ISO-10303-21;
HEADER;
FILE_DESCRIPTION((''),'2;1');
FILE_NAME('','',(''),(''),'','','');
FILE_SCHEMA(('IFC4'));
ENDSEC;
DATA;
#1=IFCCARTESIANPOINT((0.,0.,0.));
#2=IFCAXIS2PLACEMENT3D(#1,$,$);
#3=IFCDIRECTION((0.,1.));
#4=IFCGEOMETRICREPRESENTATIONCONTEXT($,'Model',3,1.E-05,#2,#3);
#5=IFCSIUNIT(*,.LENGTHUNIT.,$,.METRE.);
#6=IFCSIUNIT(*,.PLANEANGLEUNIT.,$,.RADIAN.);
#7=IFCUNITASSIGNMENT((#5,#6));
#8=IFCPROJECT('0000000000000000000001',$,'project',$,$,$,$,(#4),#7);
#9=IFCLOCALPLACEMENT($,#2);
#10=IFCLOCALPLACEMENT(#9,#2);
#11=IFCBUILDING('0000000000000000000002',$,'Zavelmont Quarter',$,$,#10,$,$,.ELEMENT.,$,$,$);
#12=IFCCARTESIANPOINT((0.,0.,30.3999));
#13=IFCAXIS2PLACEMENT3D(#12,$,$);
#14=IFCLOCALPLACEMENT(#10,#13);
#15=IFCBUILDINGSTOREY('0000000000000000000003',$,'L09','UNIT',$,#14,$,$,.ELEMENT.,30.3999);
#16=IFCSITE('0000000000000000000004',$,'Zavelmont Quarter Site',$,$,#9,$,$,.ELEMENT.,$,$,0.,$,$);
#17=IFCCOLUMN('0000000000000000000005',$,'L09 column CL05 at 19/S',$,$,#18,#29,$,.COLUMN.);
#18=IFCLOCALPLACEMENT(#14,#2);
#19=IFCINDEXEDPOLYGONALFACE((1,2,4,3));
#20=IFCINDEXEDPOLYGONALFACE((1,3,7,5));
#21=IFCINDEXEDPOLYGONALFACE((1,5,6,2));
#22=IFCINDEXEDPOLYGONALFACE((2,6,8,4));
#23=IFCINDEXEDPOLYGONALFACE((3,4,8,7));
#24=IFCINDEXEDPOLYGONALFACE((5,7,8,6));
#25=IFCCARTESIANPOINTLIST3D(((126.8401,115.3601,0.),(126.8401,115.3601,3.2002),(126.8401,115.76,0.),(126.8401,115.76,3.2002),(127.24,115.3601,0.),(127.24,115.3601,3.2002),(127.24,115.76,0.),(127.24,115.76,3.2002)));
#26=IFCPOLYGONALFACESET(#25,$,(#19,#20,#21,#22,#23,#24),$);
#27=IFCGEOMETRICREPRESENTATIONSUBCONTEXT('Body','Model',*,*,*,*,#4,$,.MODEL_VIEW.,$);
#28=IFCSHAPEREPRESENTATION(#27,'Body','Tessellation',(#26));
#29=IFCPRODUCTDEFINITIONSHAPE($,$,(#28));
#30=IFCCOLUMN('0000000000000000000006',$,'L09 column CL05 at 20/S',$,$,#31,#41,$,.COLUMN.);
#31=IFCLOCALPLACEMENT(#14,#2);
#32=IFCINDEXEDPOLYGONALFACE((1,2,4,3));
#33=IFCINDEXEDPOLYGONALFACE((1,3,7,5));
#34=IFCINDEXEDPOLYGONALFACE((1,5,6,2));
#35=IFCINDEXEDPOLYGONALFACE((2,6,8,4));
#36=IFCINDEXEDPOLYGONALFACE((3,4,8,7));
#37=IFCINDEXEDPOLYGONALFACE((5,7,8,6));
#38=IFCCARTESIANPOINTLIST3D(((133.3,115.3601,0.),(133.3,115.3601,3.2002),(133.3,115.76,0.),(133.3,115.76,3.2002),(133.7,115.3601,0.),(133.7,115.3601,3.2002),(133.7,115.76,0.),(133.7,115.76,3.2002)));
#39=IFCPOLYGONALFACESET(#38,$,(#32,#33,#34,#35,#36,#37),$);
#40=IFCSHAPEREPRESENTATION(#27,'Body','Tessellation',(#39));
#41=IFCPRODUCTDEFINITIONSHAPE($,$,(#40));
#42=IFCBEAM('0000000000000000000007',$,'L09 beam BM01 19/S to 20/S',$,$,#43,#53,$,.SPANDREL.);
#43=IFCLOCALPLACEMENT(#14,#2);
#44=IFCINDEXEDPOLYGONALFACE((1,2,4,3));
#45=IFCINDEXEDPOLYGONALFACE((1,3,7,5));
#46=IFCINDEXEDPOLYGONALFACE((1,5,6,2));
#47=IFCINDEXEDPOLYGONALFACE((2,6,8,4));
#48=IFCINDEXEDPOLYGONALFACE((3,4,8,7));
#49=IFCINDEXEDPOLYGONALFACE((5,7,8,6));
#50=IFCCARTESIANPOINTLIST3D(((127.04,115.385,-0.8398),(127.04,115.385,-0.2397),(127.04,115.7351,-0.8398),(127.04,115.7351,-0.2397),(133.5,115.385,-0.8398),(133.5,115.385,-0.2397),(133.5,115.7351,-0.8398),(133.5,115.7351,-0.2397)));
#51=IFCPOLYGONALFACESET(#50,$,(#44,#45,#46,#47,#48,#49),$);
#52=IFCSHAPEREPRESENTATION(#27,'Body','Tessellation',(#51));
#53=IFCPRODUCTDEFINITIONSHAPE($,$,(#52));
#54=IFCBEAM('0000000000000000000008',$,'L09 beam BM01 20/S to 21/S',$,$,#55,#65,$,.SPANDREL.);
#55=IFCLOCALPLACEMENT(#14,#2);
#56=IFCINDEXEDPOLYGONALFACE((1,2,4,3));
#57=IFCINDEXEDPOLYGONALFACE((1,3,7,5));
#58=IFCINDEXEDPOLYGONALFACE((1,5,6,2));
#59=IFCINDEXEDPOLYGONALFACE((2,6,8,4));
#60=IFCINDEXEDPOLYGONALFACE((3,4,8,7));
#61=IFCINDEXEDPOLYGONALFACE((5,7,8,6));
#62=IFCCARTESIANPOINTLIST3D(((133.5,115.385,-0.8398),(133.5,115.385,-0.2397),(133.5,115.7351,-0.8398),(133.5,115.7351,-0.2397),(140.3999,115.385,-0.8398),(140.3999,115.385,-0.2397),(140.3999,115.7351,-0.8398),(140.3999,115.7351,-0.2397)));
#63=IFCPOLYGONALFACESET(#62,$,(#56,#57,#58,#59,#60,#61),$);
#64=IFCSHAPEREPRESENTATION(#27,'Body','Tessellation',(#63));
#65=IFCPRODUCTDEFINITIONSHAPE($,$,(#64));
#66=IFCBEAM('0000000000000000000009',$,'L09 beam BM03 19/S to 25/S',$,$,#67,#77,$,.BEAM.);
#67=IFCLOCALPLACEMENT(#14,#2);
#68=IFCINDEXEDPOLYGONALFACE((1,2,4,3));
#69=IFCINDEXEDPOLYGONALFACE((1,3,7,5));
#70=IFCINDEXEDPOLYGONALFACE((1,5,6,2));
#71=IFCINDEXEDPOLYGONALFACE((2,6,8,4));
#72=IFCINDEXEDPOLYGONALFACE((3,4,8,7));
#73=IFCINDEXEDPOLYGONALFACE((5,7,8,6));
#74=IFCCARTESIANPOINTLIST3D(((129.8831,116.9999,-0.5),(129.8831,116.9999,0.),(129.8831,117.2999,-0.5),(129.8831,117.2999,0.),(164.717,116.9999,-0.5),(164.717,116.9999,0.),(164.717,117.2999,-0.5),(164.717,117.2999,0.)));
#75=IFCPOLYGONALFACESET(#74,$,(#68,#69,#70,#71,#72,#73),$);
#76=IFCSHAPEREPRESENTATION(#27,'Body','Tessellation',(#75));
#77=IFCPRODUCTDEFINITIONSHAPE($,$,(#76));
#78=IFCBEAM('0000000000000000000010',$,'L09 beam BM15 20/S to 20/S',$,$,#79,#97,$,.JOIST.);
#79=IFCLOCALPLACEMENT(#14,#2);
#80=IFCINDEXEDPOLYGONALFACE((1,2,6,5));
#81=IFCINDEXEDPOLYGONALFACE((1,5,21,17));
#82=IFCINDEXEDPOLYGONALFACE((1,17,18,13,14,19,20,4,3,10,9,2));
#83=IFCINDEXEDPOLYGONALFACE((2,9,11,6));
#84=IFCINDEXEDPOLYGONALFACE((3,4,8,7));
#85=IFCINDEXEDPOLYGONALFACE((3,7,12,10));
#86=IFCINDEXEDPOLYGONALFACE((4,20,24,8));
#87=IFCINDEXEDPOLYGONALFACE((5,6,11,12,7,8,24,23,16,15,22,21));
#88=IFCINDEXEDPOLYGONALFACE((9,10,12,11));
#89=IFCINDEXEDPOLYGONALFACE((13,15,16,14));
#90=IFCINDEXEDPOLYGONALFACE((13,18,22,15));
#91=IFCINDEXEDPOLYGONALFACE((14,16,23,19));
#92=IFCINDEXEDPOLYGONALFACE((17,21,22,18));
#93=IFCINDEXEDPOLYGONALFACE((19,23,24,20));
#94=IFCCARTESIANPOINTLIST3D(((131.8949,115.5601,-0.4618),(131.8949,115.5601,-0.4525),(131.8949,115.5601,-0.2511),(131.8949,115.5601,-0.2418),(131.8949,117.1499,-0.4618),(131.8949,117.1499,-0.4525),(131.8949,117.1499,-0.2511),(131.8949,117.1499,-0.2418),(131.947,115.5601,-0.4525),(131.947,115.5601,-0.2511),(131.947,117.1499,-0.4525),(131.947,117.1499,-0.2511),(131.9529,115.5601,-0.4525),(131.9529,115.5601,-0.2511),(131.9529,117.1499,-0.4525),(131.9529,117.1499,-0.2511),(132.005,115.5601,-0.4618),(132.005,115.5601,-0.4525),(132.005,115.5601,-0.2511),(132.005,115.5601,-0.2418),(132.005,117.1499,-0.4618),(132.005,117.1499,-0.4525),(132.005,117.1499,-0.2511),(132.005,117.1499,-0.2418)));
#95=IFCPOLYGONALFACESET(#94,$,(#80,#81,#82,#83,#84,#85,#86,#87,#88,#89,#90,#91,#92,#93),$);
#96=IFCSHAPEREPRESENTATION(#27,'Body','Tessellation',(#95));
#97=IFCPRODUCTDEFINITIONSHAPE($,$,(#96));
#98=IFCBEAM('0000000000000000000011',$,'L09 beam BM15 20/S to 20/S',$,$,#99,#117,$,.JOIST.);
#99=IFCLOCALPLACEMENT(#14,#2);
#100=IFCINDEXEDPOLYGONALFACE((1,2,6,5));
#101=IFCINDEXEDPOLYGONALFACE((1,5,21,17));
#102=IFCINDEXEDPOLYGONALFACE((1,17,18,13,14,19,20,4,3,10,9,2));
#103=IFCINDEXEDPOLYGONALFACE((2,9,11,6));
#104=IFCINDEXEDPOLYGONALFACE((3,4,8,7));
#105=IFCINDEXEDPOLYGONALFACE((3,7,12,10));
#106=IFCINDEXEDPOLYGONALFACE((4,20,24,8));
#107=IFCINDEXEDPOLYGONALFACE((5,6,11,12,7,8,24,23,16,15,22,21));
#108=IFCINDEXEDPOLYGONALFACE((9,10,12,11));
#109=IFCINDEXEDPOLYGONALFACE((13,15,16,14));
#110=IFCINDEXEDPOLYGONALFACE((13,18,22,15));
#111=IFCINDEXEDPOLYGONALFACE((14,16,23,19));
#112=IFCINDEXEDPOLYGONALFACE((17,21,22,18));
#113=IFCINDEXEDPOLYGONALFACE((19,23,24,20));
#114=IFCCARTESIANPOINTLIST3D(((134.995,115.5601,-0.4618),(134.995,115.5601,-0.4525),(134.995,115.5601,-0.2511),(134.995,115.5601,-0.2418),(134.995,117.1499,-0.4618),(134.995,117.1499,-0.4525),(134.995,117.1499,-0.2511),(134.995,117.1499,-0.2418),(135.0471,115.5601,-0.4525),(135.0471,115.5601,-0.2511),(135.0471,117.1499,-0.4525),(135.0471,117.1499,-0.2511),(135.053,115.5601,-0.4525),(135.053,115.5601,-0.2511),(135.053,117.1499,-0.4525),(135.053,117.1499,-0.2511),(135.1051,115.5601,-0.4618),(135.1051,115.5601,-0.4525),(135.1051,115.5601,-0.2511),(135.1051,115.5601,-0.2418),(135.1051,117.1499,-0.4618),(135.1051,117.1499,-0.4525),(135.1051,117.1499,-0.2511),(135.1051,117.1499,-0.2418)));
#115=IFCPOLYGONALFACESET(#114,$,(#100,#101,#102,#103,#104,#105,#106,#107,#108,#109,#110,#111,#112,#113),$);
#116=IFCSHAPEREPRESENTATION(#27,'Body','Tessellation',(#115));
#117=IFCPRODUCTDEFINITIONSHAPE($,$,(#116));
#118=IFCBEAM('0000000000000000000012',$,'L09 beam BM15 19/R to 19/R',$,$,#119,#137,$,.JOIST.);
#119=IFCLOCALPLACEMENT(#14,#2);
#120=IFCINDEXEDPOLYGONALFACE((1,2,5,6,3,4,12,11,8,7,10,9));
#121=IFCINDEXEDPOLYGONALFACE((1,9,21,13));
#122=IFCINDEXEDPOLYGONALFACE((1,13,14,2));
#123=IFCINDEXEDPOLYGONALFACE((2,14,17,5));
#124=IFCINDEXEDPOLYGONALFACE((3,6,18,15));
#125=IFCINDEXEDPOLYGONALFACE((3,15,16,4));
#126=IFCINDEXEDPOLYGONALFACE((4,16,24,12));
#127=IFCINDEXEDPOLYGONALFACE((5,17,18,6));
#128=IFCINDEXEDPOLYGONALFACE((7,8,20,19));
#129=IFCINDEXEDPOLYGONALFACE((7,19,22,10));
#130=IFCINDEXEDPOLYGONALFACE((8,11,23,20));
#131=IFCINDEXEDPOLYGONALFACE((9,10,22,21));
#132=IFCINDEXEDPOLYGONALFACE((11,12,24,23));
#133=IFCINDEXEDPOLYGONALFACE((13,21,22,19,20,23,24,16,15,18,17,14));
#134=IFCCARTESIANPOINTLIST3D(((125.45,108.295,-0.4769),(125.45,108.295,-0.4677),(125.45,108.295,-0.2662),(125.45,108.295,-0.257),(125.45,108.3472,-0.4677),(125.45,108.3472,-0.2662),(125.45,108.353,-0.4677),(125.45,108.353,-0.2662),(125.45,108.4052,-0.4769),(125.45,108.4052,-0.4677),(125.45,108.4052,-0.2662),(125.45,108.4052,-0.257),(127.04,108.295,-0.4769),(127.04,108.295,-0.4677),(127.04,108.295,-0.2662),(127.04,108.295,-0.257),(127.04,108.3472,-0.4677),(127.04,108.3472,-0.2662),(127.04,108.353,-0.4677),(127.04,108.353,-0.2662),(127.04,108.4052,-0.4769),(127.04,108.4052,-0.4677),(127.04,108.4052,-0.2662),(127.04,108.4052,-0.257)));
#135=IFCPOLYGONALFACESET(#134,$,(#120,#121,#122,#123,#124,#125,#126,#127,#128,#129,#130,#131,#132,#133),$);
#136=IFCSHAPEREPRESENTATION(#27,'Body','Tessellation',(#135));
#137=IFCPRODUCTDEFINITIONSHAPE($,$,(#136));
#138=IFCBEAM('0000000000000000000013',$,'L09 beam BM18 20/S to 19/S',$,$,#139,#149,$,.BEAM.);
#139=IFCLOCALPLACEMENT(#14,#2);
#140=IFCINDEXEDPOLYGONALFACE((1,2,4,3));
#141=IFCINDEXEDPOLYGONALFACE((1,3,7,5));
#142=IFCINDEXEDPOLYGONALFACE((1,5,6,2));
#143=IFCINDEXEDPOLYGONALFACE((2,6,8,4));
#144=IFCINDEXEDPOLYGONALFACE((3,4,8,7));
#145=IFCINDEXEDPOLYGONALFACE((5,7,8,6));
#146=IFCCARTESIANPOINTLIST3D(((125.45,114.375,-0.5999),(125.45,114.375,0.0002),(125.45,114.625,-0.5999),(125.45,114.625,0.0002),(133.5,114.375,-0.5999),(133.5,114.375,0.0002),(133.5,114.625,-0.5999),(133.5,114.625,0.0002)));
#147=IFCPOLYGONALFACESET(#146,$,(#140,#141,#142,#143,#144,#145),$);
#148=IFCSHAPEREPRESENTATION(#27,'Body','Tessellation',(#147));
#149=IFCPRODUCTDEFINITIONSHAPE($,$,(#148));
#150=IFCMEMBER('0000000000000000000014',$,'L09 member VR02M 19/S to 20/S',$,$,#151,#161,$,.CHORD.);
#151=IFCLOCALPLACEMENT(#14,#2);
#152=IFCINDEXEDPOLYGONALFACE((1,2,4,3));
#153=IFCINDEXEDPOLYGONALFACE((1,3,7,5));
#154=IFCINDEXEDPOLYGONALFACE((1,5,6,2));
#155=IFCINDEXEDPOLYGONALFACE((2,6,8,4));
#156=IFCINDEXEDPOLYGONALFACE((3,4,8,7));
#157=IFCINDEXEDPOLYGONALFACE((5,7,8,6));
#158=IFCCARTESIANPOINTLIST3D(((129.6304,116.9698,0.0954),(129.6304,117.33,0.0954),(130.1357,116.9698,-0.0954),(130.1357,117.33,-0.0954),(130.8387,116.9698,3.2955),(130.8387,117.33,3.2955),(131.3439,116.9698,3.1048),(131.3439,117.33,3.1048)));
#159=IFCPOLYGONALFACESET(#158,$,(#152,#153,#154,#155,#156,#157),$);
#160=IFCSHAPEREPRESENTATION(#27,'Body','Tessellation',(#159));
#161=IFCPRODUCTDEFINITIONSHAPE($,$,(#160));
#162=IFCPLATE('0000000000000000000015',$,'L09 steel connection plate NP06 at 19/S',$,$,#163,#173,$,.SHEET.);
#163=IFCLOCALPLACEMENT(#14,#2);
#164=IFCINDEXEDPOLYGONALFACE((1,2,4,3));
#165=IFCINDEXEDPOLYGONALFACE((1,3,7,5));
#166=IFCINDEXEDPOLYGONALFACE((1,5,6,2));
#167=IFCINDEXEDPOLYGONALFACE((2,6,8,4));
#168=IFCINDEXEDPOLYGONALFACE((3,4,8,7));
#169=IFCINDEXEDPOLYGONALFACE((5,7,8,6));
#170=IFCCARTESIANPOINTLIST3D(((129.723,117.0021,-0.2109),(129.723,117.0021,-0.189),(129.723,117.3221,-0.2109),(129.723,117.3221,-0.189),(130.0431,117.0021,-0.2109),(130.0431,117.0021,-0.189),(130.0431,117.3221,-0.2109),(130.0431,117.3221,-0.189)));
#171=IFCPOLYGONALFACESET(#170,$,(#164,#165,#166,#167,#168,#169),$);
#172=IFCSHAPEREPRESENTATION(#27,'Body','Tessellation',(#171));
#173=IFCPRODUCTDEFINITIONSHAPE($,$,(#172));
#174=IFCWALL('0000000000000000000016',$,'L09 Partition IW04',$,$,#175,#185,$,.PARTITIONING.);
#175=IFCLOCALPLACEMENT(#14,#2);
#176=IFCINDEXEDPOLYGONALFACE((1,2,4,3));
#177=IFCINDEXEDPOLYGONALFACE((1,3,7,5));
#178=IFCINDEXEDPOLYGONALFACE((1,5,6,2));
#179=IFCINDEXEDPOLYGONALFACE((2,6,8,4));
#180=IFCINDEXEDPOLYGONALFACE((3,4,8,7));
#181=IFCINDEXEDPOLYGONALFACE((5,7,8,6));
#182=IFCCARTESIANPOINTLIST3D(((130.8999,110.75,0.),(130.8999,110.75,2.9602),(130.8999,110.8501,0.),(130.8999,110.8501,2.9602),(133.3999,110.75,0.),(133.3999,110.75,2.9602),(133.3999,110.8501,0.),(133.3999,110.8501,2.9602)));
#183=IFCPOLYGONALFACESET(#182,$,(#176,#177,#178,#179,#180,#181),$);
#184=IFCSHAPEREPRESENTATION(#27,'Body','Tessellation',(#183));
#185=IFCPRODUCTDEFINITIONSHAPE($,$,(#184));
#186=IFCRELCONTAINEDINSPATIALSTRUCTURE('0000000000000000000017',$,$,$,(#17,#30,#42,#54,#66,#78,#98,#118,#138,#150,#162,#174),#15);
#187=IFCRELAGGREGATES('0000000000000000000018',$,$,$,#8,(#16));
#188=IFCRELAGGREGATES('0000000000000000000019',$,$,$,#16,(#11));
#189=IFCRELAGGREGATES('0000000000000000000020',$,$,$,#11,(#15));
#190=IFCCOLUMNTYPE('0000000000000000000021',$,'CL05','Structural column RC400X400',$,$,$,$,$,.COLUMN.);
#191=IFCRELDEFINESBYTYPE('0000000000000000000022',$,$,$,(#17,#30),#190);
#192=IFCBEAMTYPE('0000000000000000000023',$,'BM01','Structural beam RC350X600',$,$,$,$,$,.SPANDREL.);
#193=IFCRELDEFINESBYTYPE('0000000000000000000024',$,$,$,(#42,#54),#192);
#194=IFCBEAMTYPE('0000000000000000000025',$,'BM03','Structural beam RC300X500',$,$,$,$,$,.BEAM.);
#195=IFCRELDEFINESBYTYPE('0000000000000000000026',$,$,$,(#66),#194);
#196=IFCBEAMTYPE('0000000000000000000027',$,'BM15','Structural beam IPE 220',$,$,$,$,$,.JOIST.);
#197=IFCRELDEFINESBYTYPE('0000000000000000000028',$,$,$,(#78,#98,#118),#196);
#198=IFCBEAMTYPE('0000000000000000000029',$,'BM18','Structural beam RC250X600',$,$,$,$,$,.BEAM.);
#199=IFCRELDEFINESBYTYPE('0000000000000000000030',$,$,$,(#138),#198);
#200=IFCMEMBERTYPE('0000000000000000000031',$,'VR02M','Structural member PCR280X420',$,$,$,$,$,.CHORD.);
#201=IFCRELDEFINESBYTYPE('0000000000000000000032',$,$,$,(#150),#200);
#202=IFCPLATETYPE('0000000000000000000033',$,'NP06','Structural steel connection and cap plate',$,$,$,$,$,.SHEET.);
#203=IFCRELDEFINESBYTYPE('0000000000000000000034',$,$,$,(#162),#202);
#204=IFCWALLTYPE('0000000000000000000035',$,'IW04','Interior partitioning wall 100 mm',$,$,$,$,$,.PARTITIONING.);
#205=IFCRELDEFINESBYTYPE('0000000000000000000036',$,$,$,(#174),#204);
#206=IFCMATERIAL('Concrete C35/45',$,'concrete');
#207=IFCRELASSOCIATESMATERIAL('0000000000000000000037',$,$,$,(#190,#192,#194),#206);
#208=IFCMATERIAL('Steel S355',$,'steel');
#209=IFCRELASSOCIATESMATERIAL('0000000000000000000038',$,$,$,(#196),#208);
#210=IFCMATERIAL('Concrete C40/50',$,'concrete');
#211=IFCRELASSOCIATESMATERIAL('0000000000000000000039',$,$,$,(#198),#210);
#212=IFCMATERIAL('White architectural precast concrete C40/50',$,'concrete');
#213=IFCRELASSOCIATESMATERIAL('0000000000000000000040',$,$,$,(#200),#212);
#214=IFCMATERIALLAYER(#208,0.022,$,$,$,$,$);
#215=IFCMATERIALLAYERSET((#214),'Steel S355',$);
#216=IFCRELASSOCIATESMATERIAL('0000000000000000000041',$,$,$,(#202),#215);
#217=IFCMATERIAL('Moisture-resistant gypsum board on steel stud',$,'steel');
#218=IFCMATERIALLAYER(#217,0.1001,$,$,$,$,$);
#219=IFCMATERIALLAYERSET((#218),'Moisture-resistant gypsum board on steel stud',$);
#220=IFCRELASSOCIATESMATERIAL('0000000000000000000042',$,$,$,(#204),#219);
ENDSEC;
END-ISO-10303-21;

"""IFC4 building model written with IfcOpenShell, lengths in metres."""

from ifc_helpers import new_model, si_unit, direction, frame, frame_2d, origin, origin_2d, place, context, subcontext, project, spatial, rectangle, i_section, extrude, material, layer, layer_set, material_profile, profile_set, type_object, element, save


model = new_model("IFC4")

# Units and contexts
model_context = context("Model", 3, precision=1e-05, world=origin(), true_north=direction((0.0, 1.0)))
body_context = subcontext(model_context, "Body", "Model", "MODEL_VIEW")
ifc_project = project(units=[si_unit("LENGTHUNIT", "METRE"), si_unit("PLANEANGLEUNIT", "RADIAN")], contexts=[model_context])

# Site, building, storey
site_placement = place(None, origin())
site = spatial("IfcSite", under=ifc_project, at=site_placement, Name="Zavelmont Quarter Site", CompositionType="ELEMENT", RefElevation=0.0)
building_placement = place(site_placement, origin())
building = spatial("IfcBuilding", under=site, at=building_placement, Name="Zavelmont Quarter", CompositionType="ELEMENT")
storey_placement = place(building_placement, frame((0.0, 0.0, 30.3999)))
storey = spatial("IfcBuildingStorey", under=building, at=storey_placement, Name="L09", Description="UNIT", CompositionType="ELEMENT", Elevation=30.3999)

# Columns
ifc_material_1 = material(Name="Concrete C35/45", Category="concrete")
ifc_material_profile_1 = material_profile(ifc_material_1, rectangle(XDim=0.3999, YDim=0.3999, at=origin_2d()), Name="RC400X400")
ifc_profile_set_1 = profile_set([ifc_material_profile_1], Name="Concrete C35/45")
column_type = type_object("IfcColumnType", Name="CL05", Description="Structural column RC400X400", PredefinedType="COLUMN", material=ifc_profile_set_1)
for number, where, z_axis, x_axis, name in (
    (1, (127.04, 115.5601, 0.0), (0.0, 0.0, 1.0), (1.0, 0.0, 0.0), "L09 column CL05 at 19/S"),
    (2, (133.5, 115.5601, 0.0), (0.0, 0.0, 1.0), (1.0, 0.0, 0.0), "L09 column CL05 at 20/S"),
):
    element("IfcColumn", number, at=place(storey_placement, frame(where, z_axis=z_axis, x_axis=x_axis)), inside=storey, type_object=column_type, Name=name, PredefinedType="COLUMN", context=body_context, shape_type="SweptSolid", body=[
        extrude(rectangle(XDim=0.3999, YDim=0.3999, at=origin_2d()), origin(), (0.0, 0.0, 1.0), 3.2002),
    ])

# Beams
ifc_material_profile_2 = material_profile(ifc_material_1, rectangle(XDim=0.3501, YDim=0.6001, at=origin_2d()), Name="RC350X600")
ifc_profile_set_2 = profile_set([ifc_material_profile_2], Name="Concrete C35/45")
beam_type_1 = type_object("IfcBeamType", Name="BM01", Description="Structural beam RC350X600", PredefinedType="SPANDREL", material=ifc_profile_set_2)
beam_1_placement = place(storey_placement, frame((127.04, 115.5601, -0.5398), z_axis=(1.0, 0.0, 0.0), x_axis=(0.0, 1.0, 0.0)))
element("IfcBeam", 3, at=beam_1_placement, inside=storey, type_object=beam_type_1, Name="L09 beam BM01 19/S to 20/S", PredefinedType="SPANDREL", context=body_context, shape_type="SweptSolid", body=[
    extrude(rectangle(XDim=0.3501, YDim=0.6001, at=origin_2d()), origin(), (0.0, 0.0, 1.0), 6.46),
])
beam_2_placement = place(storey_placement, frame((133.5, 115.5601, -0.5398), z_axis=(1.0, 0.0, 0.0), x_axis=(0.0, 1.0, 0.0)))
element("IfcBeam", 4, at=beam_2_placement, inside=storey, type_object=beam_type_1, Name="L09 beam BM01 20/S to 21/S", PredefinedType="SPANDREL", context=body_context, shape_type="SweptSolid", body=[
    extrude(rectangle(XDim=0.3501, YDim=0.6001, at=origin_2d()), origin(), (0.0, 0.0, 1.0), 6.8999),
])
ifc_material_profile_3 = material_profile(ifc_material_1, rectangle(XDim=0.3, YDim=0.5, at=origin_2d()), Name="RC300X500")
ifc_profile_set_3 = profile_set([ifc_material_profile_3], Name="Concrete C35/45")
beam_type_2 = type_object("IfcBeamType", Name="BM03", Description="Structural beam RC300X500", PredefinedType="BEAM", material=ifc_profile_set_3)
beam_3_placement = place(storey_placement, frame((129.8831, 117.1499, -0.25), z_axis=(1.0, 0.0, 0.0), x_axis=(0.0, 1.0, 0.0)))
element("IfcBeam", 5, at=beam_3_placement, inside=storey, type_object=beam_type_2, Name="L09 beam BM03 19/S to 25/S", PredefinedType="BEAM", context=body_context, shape_type="SweptSolid", body=[
    extrude(rectangle(XDim=0.3, YDim=0.5, at=origin_2d()), origin(), (0.0, 0.0, 1.0), 34.834),
])
ifc_material_2 = material(Name="Steel S355", Category="steel")
ifc_material_profile_4 = material_profile(ifc_material_2, i_section(OverallWidth=0.1101, OverallDepth=0.22, WebThickness=0.0059, FlangeThickness=0.0093, at=origin_2d()), Name="IPE 220")
ifc_profile_set_4 = profile_set([ifc_material_profile_4], Name="Steel S355")
beam_type_3 = type_object("IfcBeamType", Name="BM15", Description="Structural beam IPE 220", PredefinedType="JOIST", material=ifc_profile_set_4)
for number, where, z_axis, x_axis, name in (
    (6, (131.95, 115.5601, -0.3518), (0.0, 1.0, 0.0), (-1.0, 0.0, 0.0), "L09 beam BM15 20/S to 20/S"),
    (7, (135.05, 115.5601, -0.3518), (0.0, 1.0, 0.0), (-1.0, 0.0, 0.0), "L09 beam BM15 20/S to 20/S"),
):
    element("IfcBeam", number, at=place(storey_placement, frame(where, z_axis=z_axis, x_axis=x_axis)), inside=storey, type_object=beam_type_3, Name=name, PredefinedType="JOIST", context=body_context, shape_type="SweptSolid", body=[
        extrude(i_section(OverallWidth=0.1101, OverallDepth=0.22, WebThickness=0.0059, FlangeThickness=0.0093, at=origin_2d()), origin(), (0.0, 0.0, 1.0), 1.5898),
    ])
beam_4_placement = place(storey_placement, frame((127.04, 108.3501, -0.3669), z_axis=(-1.0, 0.0, 0.0), x_axis=(0.0, -1.0, 0.0)))
element("IfcBeam", 8, at=beam_4_placement, inside=storey, type_object=beam_type_3, Name="L09 beam BM15 19/R to 19/R", PredefinedType="JOIST", context=body_context, shape_type="SweptSolid", body=[
    extrude(i_section(OverallWidth=0.1101, OverallDepth=0.22, WebThickness=0.0059, FlangeThickness=0.0093, at=origin_2d()), origin(), (0.0, 0.0, 1.0), 1.5901),
])
ifc_material_3 = material(Name="Concrete C40/50", Category="concrete")
ifc_material_profile_5 = material_profile(ifc_material_3, rectangle(XDim=0.25, YDim=0.6001, at=origin_2d()), Name="RC250X600")
ifc_profile_set_5 = profile_set([ifc_material_profile_5], Name="Concrete C40/50")
beam_type_4 = type_object("IfcBeamType", Name="BM18", Description="Structural beam RC250X600", PredefinedType="BEAM", material=ifc_profile_set_5)
beam_5_placement = place(storey_placement, frame((133.5, 114.5, -0.2998), z_axis=(-1.0, 0.0, 0.0), x_axis=(0.0, -1.0, 0.0)))
element("IfcBeam", 9, at=beam_5_placement, inside=storey, type_object=beam_type_4, Name="L09 beam BM18 20/S to 19/S", PredefinedType="BEAM", context=body_context, shape_type="SweptSolid", body=[
    extrude(rectangle(XDim=0.25, YDim=0.6001, at=origin_2d()), origin(), (0.0, 0.0, 1.0), 8.05),
])

# Member
ifc_material_4 = material(Name="White architectural precast concrete C40/50", Category="concrete")
ifc_material_profile_6 = material_profile(ifc_material_4, rectangle(XDim=0.3601, YDim=0.54, at=origin_2d()), Name="PCR280X420")
ifc_profile_set_6 = profile_set([ifc_material_profile_6], Name="White architectural precast concrete C40/50")
member_type = type_object("IfcMemberType", Name="VR02M", Description="Structural member PCR280X420", PredefinedType="CHORD", material=ifc_profile_set_6)
member_placement = place(storey_placement, frame((129.8831, 117.1499, 0.0), z_axis=(0.353219, 0.0, 0.935541), x_axis=(0.0, 1.0, 0.0)))
element("IfcMember", 10, at=member_placement, inside=storey, type_object=member_type, Name="L09 member VR02M 19/S to 20/S", PredefinedType="CHORD", context=body_context, shape_type="SweptSolid", body=[
    extrude(rectangle(XDim=0.3601, YDim=0.54, at=origin_2d()), origin(), (0.0, 0.0, 1.0), 3.4207),
])

# Plate
ifc_layer_1 = layer(ifc_material_2, 0.022)
ifc_layer_set_1 = layer_set([ifc_layer_1], Name="Steel S355")
plate_type = type_object("IfcPlateType", Name="NP06", Description="Structural steel connection and cap plate", PredefinedType="SHEET", material=ifc_layer_set_1)
plate_placement = place(storey_placement, frame((129.8831, 117.1621, -0.2109), z_axis=(0.0, 0.0, 1.0), x_axis=(1.0, 0.0, 0.0)))
element("IfcPlate", 11, at=plate_placement, inside=storey, type_object=plate_type, Name="L09 steel connection plate NP06 at 19/S", PredefinedType="SHEET", context=body_context, shape_type="SweptSolid", body=[
    extrude(rectangle(XDim=0.3201, YDim=0.3201, at=origin_2d()), origin(), (0.0, 0.0, 1.0), 0.022),
])

# Wall
ifc_material_5 = material(Name="Moisture-resistant gypsum board on steel stud", Category="steel")
ifc_layer_2 = layer(ifc_material_5, 0.1001)
ifc_layer_set_2 = layer_set([ifc_layer_2], Name="Moisture-resistant gypsum board on steel stud")
wall_type_1 = type_object("IfcWallType", Name="IW04", Description="Interior partitioning wall 100 mm", PredefinedType="PARTITIONING", material=ifc_layer_set_2)
wall_1_placement = place(storey_placement, frame((130.8999, 110.8, 0.0), z_axis=(0.0, 0.0, 1.0), x_axis=(1.0, 0.0, 0.0)))
element("IfcWall", 12, at=wall_1_placement, inside=storey, type_object=wall_type_1, Name="L09 Partition IW04", PredefinedType="PARTITIONING", context=body_context, shape_type="SweptSolid", body=[
    extrude(rectangle(XDim=2.5, YDim=0.1001, at=frame_2d((1.25, 0.0))), origin(), (0.0, 0.0, 1.0), 2.9602),
])

save(model, "model.ifc")
